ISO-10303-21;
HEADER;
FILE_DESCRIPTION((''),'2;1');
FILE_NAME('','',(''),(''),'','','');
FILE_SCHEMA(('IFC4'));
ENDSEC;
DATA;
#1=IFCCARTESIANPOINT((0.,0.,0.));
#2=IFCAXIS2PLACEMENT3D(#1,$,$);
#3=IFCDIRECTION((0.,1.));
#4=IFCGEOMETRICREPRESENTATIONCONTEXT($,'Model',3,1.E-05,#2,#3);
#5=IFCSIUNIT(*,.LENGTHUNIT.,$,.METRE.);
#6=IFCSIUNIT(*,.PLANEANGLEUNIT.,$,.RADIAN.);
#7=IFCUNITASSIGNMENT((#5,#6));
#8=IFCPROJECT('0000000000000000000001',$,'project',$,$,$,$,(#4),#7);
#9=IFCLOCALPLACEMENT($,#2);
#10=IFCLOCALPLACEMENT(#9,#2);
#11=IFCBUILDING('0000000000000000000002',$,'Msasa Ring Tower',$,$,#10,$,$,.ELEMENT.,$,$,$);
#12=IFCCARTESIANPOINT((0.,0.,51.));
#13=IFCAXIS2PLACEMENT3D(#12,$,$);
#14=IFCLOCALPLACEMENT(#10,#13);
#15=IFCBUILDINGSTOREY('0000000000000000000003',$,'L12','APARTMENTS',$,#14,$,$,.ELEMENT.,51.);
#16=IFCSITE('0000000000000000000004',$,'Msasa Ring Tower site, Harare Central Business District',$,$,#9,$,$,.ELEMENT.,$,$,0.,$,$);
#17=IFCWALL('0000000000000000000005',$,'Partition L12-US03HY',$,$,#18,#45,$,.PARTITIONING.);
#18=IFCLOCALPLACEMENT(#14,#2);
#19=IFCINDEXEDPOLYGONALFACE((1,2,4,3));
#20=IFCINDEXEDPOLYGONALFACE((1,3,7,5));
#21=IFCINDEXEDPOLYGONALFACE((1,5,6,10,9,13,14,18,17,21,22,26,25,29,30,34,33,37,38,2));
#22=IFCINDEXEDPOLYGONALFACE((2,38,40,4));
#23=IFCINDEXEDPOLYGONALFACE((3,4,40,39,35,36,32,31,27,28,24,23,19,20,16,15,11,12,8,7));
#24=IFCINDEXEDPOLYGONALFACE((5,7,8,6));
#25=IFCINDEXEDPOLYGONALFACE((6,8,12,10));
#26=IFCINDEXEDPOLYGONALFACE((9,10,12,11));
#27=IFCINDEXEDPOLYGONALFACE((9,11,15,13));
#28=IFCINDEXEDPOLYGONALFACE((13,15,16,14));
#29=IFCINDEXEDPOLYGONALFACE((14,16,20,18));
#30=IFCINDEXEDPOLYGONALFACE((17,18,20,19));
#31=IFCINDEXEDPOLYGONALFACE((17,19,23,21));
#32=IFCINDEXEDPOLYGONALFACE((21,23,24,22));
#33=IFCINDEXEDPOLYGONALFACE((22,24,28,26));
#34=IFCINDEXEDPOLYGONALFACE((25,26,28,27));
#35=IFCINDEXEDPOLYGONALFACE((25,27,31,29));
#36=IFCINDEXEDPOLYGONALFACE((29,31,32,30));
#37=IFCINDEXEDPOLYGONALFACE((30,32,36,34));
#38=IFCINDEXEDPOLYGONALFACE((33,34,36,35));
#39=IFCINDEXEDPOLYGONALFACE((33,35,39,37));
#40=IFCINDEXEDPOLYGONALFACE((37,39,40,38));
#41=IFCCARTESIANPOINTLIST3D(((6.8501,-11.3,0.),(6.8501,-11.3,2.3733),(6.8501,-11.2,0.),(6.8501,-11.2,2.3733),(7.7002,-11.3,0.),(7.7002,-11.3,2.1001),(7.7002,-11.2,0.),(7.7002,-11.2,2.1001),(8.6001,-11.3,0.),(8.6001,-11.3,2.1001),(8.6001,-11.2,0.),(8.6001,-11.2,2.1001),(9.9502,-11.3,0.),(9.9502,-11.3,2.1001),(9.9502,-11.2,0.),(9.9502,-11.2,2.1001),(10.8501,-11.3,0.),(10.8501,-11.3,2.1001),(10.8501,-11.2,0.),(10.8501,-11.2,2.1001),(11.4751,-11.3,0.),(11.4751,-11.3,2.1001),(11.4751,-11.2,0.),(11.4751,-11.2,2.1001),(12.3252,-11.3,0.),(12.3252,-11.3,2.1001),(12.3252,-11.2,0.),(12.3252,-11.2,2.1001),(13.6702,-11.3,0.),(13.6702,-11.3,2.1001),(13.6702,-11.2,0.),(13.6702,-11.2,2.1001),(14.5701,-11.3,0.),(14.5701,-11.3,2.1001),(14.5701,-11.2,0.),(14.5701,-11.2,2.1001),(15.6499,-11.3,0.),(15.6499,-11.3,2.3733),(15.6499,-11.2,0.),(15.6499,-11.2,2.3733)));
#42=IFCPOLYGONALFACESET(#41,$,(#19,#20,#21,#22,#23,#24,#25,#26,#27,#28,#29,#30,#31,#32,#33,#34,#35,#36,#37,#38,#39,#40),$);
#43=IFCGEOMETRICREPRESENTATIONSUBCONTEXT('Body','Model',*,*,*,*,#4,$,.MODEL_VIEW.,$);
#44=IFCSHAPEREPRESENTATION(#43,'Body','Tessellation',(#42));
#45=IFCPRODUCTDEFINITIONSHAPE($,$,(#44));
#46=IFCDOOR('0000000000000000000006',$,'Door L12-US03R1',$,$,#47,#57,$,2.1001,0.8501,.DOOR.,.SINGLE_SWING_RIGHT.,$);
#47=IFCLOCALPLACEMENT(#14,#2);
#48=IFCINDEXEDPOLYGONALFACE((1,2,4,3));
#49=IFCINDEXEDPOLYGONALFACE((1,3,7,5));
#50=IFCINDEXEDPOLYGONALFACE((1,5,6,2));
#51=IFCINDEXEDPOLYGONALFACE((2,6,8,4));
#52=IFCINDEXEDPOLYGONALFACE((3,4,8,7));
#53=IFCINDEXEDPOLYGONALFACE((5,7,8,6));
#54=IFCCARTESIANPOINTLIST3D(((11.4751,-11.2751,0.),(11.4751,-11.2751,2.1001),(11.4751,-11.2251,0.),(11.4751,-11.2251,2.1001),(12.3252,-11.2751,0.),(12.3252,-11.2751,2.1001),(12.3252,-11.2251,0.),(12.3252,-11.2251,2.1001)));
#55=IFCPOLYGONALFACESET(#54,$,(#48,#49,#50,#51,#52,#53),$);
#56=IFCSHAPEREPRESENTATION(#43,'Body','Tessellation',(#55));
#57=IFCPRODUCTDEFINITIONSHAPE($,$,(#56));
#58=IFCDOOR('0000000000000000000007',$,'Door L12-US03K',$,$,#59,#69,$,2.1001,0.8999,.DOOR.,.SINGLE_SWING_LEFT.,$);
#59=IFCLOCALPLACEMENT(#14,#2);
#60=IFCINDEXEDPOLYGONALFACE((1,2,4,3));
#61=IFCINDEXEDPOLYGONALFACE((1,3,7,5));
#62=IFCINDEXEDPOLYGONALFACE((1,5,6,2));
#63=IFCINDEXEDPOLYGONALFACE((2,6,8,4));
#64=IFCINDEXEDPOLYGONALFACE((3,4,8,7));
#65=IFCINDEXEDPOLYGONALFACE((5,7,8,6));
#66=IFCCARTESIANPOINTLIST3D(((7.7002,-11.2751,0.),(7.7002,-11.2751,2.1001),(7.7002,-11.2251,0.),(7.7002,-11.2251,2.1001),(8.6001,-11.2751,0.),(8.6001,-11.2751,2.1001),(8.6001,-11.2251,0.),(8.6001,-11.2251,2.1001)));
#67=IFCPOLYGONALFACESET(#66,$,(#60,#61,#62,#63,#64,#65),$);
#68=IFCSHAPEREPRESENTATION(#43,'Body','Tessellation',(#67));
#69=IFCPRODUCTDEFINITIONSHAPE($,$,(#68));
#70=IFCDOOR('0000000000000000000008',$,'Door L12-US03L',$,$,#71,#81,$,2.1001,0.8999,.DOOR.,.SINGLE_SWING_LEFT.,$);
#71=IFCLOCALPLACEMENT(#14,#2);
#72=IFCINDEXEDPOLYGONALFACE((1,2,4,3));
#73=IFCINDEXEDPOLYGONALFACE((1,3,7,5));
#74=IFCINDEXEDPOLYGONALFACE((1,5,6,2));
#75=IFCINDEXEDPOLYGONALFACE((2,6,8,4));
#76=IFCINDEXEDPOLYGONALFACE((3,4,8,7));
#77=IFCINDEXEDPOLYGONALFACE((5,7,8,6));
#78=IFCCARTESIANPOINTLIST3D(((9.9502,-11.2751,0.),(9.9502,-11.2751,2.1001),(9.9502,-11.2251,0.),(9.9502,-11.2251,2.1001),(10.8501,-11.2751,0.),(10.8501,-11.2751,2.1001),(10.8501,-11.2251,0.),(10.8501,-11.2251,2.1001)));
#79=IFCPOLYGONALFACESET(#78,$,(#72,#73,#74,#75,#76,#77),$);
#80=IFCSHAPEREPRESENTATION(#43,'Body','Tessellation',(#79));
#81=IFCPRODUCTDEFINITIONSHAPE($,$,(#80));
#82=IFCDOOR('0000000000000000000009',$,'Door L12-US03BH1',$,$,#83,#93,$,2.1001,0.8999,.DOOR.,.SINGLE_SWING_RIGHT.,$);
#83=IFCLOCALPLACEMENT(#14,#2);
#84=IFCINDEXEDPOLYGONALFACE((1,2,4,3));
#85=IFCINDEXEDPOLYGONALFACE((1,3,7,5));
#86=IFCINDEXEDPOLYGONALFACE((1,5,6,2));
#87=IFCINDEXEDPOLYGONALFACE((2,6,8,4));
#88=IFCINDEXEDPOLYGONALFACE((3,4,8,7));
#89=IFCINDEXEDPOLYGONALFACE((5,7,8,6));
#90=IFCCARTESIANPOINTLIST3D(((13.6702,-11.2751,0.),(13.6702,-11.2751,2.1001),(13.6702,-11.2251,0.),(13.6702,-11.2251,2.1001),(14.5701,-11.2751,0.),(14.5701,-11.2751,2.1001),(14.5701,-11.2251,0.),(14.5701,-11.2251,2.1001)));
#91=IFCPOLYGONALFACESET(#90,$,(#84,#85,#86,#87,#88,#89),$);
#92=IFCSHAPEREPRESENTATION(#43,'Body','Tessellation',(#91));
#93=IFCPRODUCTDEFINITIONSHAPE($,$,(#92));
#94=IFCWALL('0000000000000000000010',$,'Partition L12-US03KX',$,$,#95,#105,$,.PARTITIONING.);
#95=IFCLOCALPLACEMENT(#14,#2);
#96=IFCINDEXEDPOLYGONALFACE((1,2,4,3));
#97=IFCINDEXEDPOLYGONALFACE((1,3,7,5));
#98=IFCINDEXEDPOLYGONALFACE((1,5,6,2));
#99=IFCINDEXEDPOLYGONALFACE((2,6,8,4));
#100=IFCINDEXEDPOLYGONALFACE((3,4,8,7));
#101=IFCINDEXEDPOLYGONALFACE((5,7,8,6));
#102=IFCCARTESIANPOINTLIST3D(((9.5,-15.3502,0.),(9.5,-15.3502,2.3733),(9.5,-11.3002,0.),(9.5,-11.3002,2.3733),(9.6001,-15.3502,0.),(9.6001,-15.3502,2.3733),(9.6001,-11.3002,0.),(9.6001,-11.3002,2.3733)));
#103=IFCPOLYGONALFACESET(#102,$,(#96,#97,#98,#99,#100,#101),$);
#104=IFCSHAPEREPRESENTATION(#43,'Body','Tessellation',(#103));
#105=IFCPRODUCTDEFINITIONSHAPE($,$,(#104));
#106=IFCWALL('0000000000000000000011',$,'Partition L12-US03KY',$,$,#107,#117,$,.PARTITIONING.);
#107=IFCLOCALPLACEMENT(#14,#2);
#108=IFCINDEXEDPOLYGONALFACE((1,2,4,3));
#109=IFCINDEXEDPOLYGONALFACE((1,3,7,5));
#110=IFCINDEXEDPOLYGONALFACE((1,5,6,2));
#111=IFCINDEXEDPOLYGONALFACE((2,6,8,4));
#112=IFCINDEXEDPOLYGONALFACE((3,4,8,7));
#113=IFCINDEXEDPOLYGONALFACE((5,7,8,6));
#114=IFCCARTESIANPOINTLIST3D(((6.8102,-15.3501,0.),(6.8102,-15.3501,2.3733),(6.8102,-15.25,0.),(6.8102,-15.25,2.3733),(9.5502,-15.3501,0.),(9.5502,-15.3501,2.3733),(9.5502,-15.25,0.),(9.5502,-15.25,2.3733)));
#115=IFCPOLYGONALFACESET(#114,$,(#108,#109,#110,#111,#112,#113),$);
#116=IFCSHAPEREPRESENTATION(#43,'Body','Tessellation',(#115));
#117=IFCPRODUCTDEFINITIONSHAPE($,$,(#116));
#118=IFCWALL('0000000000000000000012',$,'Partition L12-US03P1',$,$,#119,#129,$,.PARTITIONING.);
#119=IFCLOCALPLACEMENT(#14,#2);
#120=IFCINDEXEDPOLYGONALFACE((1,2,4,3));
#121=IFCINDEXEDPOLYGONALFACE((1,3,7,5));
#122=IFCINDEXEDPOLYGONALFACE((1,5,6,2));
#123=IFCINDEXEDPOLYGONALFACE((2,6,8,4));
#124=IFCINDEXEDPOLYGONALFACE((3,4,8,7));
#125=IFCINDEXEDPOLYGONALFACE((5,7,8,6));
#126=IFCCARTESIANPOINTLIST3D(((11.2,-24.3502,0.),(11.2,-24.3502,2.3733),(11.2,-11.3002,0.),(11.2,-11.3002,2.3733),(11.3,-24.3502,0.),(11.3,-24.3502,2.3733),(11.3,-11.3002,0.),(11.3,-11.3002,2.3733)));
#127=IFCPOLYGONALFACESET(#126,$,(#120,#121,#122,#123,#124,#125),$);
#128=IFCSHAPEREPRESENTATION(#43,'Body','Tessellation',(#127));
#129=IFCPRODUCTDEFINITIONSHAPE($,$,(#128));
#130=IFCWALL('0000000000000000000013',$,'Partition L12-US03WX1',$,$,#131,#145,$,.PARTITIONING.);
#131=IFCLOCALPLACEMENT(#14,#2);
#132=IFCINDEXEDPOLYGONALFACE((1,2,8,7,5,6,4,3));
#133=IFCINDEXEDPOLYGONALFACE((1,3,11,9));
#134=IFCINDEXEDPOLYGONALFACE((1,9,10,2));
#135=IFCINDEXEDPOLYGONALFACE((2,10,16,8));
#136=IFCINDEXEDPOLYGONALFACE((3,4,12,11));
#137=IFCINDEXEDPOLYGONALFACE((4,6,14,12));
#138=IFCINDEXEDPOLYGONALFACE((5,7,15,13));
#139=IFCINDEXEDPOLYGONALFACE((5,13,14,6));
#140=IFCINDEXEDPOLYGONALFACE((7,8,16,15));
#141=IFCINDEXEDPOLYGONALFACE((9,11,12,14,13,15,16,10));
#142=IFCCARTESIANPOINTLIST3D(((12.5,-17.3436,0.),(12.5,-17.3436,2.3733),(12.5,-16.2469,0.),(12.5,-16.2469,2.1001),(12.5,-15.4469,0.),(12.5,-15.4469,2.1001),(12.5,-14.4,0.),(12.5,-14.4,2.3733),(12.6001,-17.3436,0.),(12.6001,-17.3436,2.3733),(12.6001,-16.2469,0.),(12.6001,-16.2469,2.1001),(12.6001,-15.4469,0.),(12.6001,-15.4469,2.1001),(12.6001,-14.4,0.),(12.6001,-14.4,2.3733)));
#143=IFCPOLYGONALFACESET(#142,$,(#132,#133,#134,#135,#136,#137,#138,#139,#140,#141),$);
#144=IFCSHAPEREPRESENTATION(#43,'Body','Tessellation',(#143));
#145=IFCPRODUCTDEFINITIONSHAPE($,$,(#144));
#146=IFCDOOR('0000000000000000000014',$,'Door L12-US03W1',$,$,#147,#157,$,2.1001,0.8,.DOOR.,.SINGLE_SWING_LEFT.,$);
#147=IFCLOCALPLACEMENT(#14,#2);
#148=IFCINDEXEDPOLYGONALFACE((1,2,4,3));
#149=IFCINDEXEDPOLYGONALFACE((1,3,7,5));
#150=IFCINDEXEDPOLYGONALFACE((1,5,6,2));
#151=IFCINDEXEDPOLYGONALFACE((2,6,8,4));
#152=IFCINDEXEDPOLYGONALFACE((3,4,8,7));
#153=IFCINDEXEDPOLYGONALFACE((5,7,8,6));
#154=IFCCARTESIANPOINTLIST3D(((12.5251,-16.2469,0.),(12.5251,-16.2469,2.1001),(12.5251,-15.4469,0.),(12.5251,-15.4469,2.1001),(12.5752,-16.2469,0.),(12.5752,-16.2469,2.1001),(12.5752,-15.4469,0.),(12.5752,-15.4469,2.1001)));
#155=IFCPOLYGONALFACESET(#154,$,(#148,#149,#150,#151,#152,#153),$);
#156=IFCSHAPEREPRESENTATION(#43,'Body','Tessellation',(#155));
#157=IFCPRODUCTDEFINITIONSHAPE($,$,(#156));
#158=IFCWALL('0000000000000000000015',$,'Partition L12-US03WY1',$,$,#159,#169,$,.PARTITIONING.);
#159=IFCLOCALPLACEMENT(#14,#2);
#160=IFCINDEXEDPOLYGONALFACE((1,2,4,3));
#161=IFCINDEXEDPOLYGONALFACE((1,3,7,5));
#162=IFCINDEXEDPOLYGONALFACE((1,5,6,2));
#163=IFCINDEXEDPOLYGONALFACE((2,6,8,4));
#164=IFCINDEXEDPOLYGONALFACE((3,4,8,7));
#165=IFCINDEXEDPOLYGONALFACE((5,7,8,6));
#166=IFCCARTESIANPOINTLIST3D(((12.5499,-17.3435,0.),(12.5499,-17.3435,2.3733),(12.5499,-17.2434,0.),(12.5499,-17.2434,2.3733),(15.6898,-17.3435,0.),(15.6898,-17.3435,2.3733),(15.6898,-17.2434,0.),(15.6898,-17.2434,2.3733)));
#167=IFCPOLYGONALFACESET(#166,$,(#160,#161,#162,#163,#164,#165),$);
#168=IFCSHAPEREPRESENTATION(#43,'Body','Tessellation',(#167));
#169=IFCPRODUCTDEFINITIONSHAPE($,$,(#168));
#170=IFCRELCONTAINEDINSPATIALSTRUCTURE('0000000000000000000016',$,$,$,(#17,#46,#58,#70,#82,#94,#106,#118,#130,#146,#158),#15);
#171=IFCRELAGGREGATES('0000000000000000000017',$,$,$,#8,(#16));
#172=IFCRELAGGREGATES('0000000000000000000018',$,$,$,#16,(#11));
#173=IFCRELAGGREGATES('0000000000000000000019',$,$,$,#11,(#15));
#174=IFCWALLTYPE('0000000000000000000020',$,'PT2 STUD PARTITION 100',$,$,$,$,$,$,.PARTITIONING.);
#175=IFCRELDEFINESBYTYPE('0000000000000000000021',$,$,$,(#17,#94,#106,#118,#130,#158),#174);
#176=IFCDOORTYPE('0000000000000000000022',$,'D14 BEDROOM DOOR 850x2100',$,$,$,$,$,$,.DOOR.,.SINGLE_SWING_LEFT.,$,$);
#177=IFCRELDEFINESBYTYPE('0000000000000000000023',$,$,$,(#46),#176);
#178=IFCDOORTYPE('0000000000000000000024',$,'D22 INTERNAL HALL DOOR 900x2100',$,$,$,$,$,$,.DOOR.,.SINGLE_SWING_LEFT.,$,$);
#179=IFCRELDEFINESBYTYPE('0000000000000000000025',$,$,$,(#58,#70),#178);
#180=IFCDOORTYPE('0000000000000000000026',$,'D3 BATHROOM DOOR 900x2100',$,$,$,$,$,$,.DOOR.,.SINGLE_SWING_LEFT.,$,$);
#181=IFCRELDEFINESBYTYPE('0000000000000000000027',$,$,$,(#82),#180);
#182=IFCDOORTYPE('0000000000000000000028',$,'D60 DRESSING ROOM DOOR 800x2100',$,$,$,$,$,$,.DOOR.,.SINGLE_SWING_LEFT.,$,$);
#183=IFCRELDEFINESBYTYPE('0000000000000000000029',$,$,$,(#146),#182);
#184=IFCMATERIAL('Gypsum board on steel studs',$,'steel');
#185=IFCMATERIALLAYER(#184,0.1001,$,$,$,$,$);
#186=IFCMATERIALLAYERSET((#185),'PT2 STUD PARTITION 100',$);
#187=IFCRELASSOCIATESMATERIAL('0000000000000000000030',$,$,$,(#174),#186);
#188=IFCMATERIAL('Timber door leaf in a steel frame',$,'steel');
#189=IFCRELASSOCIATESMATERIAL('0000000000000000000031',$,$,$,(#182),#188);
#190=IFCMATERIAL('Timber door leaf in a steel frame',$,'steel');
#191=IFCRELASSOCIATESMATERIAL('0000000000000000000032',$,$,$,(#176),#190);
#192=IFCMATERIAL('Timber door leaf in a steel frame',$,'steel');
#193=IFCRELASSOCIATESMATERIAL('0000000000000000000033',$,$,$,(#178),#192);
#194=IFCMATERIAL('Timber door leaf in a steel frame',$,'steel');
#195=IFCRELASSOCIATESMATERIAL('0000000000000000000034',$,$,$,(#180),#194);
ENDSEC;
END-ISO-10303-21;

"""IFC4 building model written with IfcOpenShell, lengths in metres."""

from ifc_helpers import new_model, si_unit, direction, frame, frame_2d, origin, place, context, subcontext, project, spatial, rectangle, extrude, material, layer, layer_set, type_object, element, fill, save


model = new_model("IFC4")

# Units and contexts
model_context = context("Model", 3, precision=1e-05, world=origin(), true_north=direction((0.0, 1.0)))
body_context = subcontext(model_context, "Body", "Model", "MODEL_VIEW")
ifc_project = project(units=[si_unit("LENGTHUNIT", "METRE"), si_unit("PLANEANGLEUNIT", "RADIAN")], contexts=[model_context])

# Site, building, storey
site_placement = place(None, origin())
site = spatial("IfcSite", under=ifc_project, at=site_placement, Name="Msasa Ring Tower site, Harare Central Business District", CompositionType="ELEMENT", RefElevation=0.0)
building_placement = place(site_placement, origin())
building = spatial("IfcBuilding", under=site, at=building_placement, Name="Msasa Ring Tower", CompositionType="ELEMENT")
storey_placement = place(building_placement, frame((0.0, 0.0, 51.0)))
storey = spatial("IfcBuildingStorey", under=building, at=storey_placement, Name="L12", Description="APARTMENTS", CompositionType="ELEMENT", Elevation=51.0)

# Shared definitions
ifc_material_1 = material(Name="Gypsum board on steel studs", Category="steel")
ifc_layer_1 = layer(ifc_material_1, 0.1001)
ifc_layer_set_1 = layer_set([ifc_layer_1], Name="PT2 STUD PARTITION 100")
wall_type_1 = type_object("IfcWallType", Name="PT2 STUD PARTITION 100", PredefinedType="PARTITIONING", material=ifc_layer_set_1)
ifc_material_2 = material(Name="Timber door leaf in a steel frame", Category="steel")
door_type_1 = type_object("IfcDoorType", Name="D60 DRESSING ROOM DOOR 800x2100", OperationType="SINGLE_SWING_LEFT", PredefinedType="DOOR", material=ifc_material_2)

# Wall, openings, doors
wall_1_placement = place(storey_placement, frame((6.8501, -11.25, 0.0), z_axis=(0.0, 0.0, 1.0), x_axis=(1.0, 0.0, 0.0)))
wall_1 = element("IfcWall", 1, at=wall_1_placement, inside=storey, type_object=wall_type_1, Name="Partition L12-US03HY", PredefinedType="PARTITIONING", context=body_context, shape_type="SweptSolid", body=[
    extrude(rectangle(XDim=8.7998, YDim=0.1001, at=frame_2d((4.3999, 0.0))), origin(), (0.0, 0.0, 1.0), 2.3733),
])
opening_1_placement = place(wall_1_placement, frame((0.8501, 0.0, 0.0)))
opening_1 = element("IfcOpeningElement", 2, at=opening_1_placement, cuts=wall_1, PredefinedType="OPENING", context=body_context, shape_type="SweptSolid", body=[
    extrude(rectangle(XDim=0.8999, YDim=2.1001, at=frame_2d((0.45, 1.05))), frame((0.0, 0.0601, 0.0), z_axis=(0.0, -1.0, 0.0), x_axis=(1.0, 0.0, 0.0)), (0.0, 0.0, 1.0), 0.1201),
])
opening_2_placement = place(wall_1_placement, frame((3.1001, 0.0, 0.0)))
opening_2 = element("IfcOpeningElement", 3, at=opening_2_placement, cuts=wall_1, PredefinedType="OPENING", context=body_context, shape_type="SweptSolid", body=[
    extrude(rectangle(XDim=0.8999, YDim=2.1001, at=frame_2d((0.45, 1.05))), frame((0.0, 0.0601, 0.0), z_axis=(0.0, -1.0, 0.0), x_axis=(1.0, 0.0, 0.0)), (0.0, 0.0, 1.0), 0.1201),
])
opening_3_placement = place(wall_1_placement, frame((4.625, 0.0, 0.0)))
opening_3 = element("IfcOpeningElement", 4, at=opening_3_placement, cuts=wall_1, PredefinedType="OPENING", context=body_context, shape_type="SweptSolid", body=[
    extrude(rectangle(XDim=0.8501, YDim=2.1001, at=frame_2d((0.425, 1.05))), frame((0.0, 0.0601, 0.0), z_axis=(0.0, -1.0, 0.0), x_axis=(1.0, 0.0, 0.0)), (0.0, 0.0, 1.0), 0.1201),
])
opening_4_placement = place(wall_1_placement, frame((6.8201, 0.0, 0.0)))
opening_4 = element("IfcOpeningElement", 5, at=opening_4_placement, cuts=wall_1, PredefinedType="OPENING", context=body_context, shape_type="SweptSolid", body=[
    extrude(rectangle(XDim=0.8999, YDim=2.1001, at=frame_2d((0.45, 1.05))), frame((0.0, 0.0601, 0.0), z_axis=(0.0, -1.0, 0.0), x_axis=(1.0, 0.0, 0.0)), (0.0, 0.0, 1.0), 0.1201),
])
ifc_material_3 = material(Name="Timber door leaf in a steel frame", Category="steel")
door_type_2 = type_object("IfcDoorType", Name="D14 BEDROOM DOOR 850x2100", OperationType="SINGLE_SWING_LEFT", PredefinedType="DOOR", material=ifc_material_3)
door_1_placement = place(opening_3_placement, origin())
door_1 = element("IfcDoor", 6, at=door_1_placement, inside=storey, type_object=door_type_2, Name="Door L12-US03R1", OperationType="SINGLE_SWING_RIGHT", OverallHeight=2.1001, OverallWidth=0.8501, PredefinedType="DOOR", context=body_context, shape_type="SweptSolid", body=[
    extrude(rectangle(XDim=0.8501, YDim=2.1001, at=frame_2d((0.425, 1.05))), frame((0.0, 0.0249, 0.0), z_axis=(0.0, -1.0, 0.0), x_axis=(1.0, 0.0, 0.0)), (0.0, 0.0, 1.0), 0.05),
])
fill(opening_3, door_1)
ifc_material_4 = material(Name="Timber door leaf in a steel frame", Category="steel")
door_type_3 = type_object("IfcDoorType", Name="D22 INTERNAL HALL DOOR 900x2100", OperationType="SINGLE_SWING_LEFT", PredefinedType="DOOR", material=ifc_material_4)
door_2_placement = place(opening_1_placement, origin())
door_2 = element("IfcDoor", 7, at=door_2_placement, inside=storey, type_object=door_type_3, Name="Door L12-US03K", OperationType="SINGLE_SWING_LEFT", OverallHeight=2.1001, OverallWidth=0.8999, PredefinedType="DOOR", context=body_context, shape_type="SweptSolid", body=[
    extrude(rectangle(XDim=0.8999, YDim=2.1001, at=frame_2d((0.45, 1.05))), frame((0.0, 0.0249, 0.0), z_axis=(0.0, -1.0, 0.0), x_axis=(1.0, 0.0, 0.0)), (0.0, 0.0, 1.0), 0.05),
])
fill(opening_1, door_2)
door_3_placement = place(opening_2_placement, origin())
door_3 = element("IfcDoor", 8, at=door_3_placement, inside=storey, type_object=door_type_3, Name="Door L12-US03L", OperationType="SINGLE_SWING_LEFT", OverallHeight=2.1001, OverallWidth=0.8999, PredefinedType="DOOR", context=body_context, shape_type="SweptSolid", body=[
    extrude(rectangle(XDim=0.8999, YDim=2.1001, at=frame_2d((0.45, 1.05))), frame((0.0, 0.0249, 0.0), z_axis=(0.0, -1.0, 0.0), x_axis=(1.0, 0.0, 0.0)), (0.0, 0.0, 1.0), 0.05),
])
fill(opening_2, door_3)
ifc_material_5 = material(Name="Timber door leaf in a steel frame", Category="steel")
door_type_4 = type_object("IfcDoorType", Name="D3 BATHROOM DOOR 900x2100", OperationType="SINGLE_SWING_LEFT", PredefinedType="DOOR", material=ifc_material_5)
door_4_placement = place(opening_4_placement, origin())
door_4 = element("IfcDoor", 9, at=door_4_placement, inside=storey, type_object=door_type_4, Name="Door L12-US03BH1", OperationType="SINGLE_SWING_RIGHT", OverallHeight=2.1001, OverallWidth=0.8999, PredefinedType="DOOR", context=body_context, shape_type="SweptSolid", body=[
    extrude(rectangle(XDim=0.8999, YDim=2.1001, at=frame_2d((0.45, 1.05))), frame((0.0, 0.0249, 0.0), z_axis=(0.0, -1.0, 0.0), x_axis=(1.0, 0.0, 0.0)), (0.0, 0.0, 1.0), 0.05),
])
fill(opening_4, door_4)

# Walls
wall_2_placement = place(storey_placement, frame((9.55, -15.3501, 0.0), z_axis=(0.0, 0.0, 1.0), x_axis=(0.0, 1.0, 0.0)))
element("IfcWall", 10, at=wall_2_placement, inside=storey, type_object=wall_type_1, Name="Partition L12-US03KX", PredefinedType="PARTITIONING", context=body_context, shape_type="SweptSolid", body=[
    extrude(rectangle(XDim=4.05, YDim=0.1001, at=frame_2d((2.0249, 0.0))), origin(), (0.0, 0.0, 1.0), 2.3733),
])
wall_3_placement = place(storey_placement, frame((6.8101, -15.3, 0.0), z_axis=(0.0, 0.0, 1.0), x_axis=(1.0, 0.0, 0.0)))
element("IfcWall", 11, at=wall_3_placement, inside=storey, type_object=wall_type_1, Name="Partition L12-US03KY", PredefinedType="PARTITIONING", context=body_context, shape_type="SweptSolid", body=[
    extrude(rectangle(XDim=2.74, YDim=0.1001, at=frame_2d((1.3701, 0.0))), origin(), (0.0, 0.0, 1.0), 2.3733),
])
wall_4_placement = place(storey_placement, frame((11.25, -24.3501, 0.0), z_axis=(0.0, 0.0, 1.0), x_axis=(0.0, 1.0, 0.0)))
element("IfcWall", 12, at=wall_4_placement, inside=storey, type_object=wall_type_1, Name="Partition L12-US03P1", PredefinedType="PARTITIONING", context=body_context, shape_type="SweptSolid", body=[
    extrude(rectangle(XDim=13.05, YDim=0.1001, at=frame_2d((6.5249, 0.0))), origin(), (0.0, 0.0, 1.0), 2.3733),
])

# Wall, opening, door
wall_5_placement = place(storey_placement, frame((12.55, -17.3435, 0.0), z_axis=(0.0, 0.0, 1.0), x_axis=(0.0, 1.0, 0.0)))
wall_5 = element("IfcWall", 13, at=wall_5_placement, inside=storey, type_object=wall_type_1, Name="Partition L12-US03WX1", PredefinedType="PARTITIONING", context=body_context, shape_type="SweptSolid", body=[
    extrude(rectangle(XDim=2.9436, YDim=0.1001, at=frame_2d((1.4717, 0.0))), origin(), (0.0, 0.0, 1.0), 2.3733),
])
opening_5_placement = place(wall_5_placement, frame((1.0967, 0.0, 0.0)))
opening_5 = element("IfcOpeningElement", 14, at=opening_5_placement, cuts=wall_5, PredefinedType="OPENING", context=body_context, shape_type="SweptSolid", body=[
    extrude(rectangle(XDim=0.8, YDim=2.1001, at=frame_2d((0.3999, 1.05))), frame((0.0, 0.0601, 0.0), z_axis=(0.0, -1.0, 0.0), x_axis=(1.0, 0.0, 0.0)), (0.0, 0.0, 1.0), 0.1201),
])
door_5_placement = place(opening_5_placement, origin())
door_5 = element("IfcDoor", 15, at=door_5_placement, inside=storey, type_object=door_type_1, Name="Door L12-US03W1", OperationType="SINGLE_SWING_LEFT", OverallHeight=2.1001, OverallWidth=0.8, PredefinedType="DOOR", context=body_context, shape_type="SweptSolid", body=[
    extrude(rectangle(XDim=0.8, YDim=2.1001, at=frame_2d((0.3999, 1.05))), frame((0.0, 0.0249, 0.0), z_axis=(0.0, -1.0, 0.0), x_axis=(1.0, 0.0, 0.0)), (0.0, 0.0, 1.0), 0.05),
])
fill(opening_5, door_5)

# Wall
wall_6_placement = place(storey_placement, frame((12.55, -17.2935, 0.0), z_axis=(0.0, 0.0, 1.0), x_axis=(1.0, 0.0, 0.0)))
element("IfcWall", 16, at=wall_6_placement, inside=storey, type_object=wall_type_1, Name="Partition L12-US03WY1", PredefinedType="PARTITIONING", context=body_context, shape_type="SweptSolid", body=[
    extrude(rectangle(XDim=3.1399, YDim=0.1001, at=frame_2d((1.5698, 0.0))), origin(), (0.0, 0.0, 1.0), 2.3733),
])

save(model, "model.ifc")
